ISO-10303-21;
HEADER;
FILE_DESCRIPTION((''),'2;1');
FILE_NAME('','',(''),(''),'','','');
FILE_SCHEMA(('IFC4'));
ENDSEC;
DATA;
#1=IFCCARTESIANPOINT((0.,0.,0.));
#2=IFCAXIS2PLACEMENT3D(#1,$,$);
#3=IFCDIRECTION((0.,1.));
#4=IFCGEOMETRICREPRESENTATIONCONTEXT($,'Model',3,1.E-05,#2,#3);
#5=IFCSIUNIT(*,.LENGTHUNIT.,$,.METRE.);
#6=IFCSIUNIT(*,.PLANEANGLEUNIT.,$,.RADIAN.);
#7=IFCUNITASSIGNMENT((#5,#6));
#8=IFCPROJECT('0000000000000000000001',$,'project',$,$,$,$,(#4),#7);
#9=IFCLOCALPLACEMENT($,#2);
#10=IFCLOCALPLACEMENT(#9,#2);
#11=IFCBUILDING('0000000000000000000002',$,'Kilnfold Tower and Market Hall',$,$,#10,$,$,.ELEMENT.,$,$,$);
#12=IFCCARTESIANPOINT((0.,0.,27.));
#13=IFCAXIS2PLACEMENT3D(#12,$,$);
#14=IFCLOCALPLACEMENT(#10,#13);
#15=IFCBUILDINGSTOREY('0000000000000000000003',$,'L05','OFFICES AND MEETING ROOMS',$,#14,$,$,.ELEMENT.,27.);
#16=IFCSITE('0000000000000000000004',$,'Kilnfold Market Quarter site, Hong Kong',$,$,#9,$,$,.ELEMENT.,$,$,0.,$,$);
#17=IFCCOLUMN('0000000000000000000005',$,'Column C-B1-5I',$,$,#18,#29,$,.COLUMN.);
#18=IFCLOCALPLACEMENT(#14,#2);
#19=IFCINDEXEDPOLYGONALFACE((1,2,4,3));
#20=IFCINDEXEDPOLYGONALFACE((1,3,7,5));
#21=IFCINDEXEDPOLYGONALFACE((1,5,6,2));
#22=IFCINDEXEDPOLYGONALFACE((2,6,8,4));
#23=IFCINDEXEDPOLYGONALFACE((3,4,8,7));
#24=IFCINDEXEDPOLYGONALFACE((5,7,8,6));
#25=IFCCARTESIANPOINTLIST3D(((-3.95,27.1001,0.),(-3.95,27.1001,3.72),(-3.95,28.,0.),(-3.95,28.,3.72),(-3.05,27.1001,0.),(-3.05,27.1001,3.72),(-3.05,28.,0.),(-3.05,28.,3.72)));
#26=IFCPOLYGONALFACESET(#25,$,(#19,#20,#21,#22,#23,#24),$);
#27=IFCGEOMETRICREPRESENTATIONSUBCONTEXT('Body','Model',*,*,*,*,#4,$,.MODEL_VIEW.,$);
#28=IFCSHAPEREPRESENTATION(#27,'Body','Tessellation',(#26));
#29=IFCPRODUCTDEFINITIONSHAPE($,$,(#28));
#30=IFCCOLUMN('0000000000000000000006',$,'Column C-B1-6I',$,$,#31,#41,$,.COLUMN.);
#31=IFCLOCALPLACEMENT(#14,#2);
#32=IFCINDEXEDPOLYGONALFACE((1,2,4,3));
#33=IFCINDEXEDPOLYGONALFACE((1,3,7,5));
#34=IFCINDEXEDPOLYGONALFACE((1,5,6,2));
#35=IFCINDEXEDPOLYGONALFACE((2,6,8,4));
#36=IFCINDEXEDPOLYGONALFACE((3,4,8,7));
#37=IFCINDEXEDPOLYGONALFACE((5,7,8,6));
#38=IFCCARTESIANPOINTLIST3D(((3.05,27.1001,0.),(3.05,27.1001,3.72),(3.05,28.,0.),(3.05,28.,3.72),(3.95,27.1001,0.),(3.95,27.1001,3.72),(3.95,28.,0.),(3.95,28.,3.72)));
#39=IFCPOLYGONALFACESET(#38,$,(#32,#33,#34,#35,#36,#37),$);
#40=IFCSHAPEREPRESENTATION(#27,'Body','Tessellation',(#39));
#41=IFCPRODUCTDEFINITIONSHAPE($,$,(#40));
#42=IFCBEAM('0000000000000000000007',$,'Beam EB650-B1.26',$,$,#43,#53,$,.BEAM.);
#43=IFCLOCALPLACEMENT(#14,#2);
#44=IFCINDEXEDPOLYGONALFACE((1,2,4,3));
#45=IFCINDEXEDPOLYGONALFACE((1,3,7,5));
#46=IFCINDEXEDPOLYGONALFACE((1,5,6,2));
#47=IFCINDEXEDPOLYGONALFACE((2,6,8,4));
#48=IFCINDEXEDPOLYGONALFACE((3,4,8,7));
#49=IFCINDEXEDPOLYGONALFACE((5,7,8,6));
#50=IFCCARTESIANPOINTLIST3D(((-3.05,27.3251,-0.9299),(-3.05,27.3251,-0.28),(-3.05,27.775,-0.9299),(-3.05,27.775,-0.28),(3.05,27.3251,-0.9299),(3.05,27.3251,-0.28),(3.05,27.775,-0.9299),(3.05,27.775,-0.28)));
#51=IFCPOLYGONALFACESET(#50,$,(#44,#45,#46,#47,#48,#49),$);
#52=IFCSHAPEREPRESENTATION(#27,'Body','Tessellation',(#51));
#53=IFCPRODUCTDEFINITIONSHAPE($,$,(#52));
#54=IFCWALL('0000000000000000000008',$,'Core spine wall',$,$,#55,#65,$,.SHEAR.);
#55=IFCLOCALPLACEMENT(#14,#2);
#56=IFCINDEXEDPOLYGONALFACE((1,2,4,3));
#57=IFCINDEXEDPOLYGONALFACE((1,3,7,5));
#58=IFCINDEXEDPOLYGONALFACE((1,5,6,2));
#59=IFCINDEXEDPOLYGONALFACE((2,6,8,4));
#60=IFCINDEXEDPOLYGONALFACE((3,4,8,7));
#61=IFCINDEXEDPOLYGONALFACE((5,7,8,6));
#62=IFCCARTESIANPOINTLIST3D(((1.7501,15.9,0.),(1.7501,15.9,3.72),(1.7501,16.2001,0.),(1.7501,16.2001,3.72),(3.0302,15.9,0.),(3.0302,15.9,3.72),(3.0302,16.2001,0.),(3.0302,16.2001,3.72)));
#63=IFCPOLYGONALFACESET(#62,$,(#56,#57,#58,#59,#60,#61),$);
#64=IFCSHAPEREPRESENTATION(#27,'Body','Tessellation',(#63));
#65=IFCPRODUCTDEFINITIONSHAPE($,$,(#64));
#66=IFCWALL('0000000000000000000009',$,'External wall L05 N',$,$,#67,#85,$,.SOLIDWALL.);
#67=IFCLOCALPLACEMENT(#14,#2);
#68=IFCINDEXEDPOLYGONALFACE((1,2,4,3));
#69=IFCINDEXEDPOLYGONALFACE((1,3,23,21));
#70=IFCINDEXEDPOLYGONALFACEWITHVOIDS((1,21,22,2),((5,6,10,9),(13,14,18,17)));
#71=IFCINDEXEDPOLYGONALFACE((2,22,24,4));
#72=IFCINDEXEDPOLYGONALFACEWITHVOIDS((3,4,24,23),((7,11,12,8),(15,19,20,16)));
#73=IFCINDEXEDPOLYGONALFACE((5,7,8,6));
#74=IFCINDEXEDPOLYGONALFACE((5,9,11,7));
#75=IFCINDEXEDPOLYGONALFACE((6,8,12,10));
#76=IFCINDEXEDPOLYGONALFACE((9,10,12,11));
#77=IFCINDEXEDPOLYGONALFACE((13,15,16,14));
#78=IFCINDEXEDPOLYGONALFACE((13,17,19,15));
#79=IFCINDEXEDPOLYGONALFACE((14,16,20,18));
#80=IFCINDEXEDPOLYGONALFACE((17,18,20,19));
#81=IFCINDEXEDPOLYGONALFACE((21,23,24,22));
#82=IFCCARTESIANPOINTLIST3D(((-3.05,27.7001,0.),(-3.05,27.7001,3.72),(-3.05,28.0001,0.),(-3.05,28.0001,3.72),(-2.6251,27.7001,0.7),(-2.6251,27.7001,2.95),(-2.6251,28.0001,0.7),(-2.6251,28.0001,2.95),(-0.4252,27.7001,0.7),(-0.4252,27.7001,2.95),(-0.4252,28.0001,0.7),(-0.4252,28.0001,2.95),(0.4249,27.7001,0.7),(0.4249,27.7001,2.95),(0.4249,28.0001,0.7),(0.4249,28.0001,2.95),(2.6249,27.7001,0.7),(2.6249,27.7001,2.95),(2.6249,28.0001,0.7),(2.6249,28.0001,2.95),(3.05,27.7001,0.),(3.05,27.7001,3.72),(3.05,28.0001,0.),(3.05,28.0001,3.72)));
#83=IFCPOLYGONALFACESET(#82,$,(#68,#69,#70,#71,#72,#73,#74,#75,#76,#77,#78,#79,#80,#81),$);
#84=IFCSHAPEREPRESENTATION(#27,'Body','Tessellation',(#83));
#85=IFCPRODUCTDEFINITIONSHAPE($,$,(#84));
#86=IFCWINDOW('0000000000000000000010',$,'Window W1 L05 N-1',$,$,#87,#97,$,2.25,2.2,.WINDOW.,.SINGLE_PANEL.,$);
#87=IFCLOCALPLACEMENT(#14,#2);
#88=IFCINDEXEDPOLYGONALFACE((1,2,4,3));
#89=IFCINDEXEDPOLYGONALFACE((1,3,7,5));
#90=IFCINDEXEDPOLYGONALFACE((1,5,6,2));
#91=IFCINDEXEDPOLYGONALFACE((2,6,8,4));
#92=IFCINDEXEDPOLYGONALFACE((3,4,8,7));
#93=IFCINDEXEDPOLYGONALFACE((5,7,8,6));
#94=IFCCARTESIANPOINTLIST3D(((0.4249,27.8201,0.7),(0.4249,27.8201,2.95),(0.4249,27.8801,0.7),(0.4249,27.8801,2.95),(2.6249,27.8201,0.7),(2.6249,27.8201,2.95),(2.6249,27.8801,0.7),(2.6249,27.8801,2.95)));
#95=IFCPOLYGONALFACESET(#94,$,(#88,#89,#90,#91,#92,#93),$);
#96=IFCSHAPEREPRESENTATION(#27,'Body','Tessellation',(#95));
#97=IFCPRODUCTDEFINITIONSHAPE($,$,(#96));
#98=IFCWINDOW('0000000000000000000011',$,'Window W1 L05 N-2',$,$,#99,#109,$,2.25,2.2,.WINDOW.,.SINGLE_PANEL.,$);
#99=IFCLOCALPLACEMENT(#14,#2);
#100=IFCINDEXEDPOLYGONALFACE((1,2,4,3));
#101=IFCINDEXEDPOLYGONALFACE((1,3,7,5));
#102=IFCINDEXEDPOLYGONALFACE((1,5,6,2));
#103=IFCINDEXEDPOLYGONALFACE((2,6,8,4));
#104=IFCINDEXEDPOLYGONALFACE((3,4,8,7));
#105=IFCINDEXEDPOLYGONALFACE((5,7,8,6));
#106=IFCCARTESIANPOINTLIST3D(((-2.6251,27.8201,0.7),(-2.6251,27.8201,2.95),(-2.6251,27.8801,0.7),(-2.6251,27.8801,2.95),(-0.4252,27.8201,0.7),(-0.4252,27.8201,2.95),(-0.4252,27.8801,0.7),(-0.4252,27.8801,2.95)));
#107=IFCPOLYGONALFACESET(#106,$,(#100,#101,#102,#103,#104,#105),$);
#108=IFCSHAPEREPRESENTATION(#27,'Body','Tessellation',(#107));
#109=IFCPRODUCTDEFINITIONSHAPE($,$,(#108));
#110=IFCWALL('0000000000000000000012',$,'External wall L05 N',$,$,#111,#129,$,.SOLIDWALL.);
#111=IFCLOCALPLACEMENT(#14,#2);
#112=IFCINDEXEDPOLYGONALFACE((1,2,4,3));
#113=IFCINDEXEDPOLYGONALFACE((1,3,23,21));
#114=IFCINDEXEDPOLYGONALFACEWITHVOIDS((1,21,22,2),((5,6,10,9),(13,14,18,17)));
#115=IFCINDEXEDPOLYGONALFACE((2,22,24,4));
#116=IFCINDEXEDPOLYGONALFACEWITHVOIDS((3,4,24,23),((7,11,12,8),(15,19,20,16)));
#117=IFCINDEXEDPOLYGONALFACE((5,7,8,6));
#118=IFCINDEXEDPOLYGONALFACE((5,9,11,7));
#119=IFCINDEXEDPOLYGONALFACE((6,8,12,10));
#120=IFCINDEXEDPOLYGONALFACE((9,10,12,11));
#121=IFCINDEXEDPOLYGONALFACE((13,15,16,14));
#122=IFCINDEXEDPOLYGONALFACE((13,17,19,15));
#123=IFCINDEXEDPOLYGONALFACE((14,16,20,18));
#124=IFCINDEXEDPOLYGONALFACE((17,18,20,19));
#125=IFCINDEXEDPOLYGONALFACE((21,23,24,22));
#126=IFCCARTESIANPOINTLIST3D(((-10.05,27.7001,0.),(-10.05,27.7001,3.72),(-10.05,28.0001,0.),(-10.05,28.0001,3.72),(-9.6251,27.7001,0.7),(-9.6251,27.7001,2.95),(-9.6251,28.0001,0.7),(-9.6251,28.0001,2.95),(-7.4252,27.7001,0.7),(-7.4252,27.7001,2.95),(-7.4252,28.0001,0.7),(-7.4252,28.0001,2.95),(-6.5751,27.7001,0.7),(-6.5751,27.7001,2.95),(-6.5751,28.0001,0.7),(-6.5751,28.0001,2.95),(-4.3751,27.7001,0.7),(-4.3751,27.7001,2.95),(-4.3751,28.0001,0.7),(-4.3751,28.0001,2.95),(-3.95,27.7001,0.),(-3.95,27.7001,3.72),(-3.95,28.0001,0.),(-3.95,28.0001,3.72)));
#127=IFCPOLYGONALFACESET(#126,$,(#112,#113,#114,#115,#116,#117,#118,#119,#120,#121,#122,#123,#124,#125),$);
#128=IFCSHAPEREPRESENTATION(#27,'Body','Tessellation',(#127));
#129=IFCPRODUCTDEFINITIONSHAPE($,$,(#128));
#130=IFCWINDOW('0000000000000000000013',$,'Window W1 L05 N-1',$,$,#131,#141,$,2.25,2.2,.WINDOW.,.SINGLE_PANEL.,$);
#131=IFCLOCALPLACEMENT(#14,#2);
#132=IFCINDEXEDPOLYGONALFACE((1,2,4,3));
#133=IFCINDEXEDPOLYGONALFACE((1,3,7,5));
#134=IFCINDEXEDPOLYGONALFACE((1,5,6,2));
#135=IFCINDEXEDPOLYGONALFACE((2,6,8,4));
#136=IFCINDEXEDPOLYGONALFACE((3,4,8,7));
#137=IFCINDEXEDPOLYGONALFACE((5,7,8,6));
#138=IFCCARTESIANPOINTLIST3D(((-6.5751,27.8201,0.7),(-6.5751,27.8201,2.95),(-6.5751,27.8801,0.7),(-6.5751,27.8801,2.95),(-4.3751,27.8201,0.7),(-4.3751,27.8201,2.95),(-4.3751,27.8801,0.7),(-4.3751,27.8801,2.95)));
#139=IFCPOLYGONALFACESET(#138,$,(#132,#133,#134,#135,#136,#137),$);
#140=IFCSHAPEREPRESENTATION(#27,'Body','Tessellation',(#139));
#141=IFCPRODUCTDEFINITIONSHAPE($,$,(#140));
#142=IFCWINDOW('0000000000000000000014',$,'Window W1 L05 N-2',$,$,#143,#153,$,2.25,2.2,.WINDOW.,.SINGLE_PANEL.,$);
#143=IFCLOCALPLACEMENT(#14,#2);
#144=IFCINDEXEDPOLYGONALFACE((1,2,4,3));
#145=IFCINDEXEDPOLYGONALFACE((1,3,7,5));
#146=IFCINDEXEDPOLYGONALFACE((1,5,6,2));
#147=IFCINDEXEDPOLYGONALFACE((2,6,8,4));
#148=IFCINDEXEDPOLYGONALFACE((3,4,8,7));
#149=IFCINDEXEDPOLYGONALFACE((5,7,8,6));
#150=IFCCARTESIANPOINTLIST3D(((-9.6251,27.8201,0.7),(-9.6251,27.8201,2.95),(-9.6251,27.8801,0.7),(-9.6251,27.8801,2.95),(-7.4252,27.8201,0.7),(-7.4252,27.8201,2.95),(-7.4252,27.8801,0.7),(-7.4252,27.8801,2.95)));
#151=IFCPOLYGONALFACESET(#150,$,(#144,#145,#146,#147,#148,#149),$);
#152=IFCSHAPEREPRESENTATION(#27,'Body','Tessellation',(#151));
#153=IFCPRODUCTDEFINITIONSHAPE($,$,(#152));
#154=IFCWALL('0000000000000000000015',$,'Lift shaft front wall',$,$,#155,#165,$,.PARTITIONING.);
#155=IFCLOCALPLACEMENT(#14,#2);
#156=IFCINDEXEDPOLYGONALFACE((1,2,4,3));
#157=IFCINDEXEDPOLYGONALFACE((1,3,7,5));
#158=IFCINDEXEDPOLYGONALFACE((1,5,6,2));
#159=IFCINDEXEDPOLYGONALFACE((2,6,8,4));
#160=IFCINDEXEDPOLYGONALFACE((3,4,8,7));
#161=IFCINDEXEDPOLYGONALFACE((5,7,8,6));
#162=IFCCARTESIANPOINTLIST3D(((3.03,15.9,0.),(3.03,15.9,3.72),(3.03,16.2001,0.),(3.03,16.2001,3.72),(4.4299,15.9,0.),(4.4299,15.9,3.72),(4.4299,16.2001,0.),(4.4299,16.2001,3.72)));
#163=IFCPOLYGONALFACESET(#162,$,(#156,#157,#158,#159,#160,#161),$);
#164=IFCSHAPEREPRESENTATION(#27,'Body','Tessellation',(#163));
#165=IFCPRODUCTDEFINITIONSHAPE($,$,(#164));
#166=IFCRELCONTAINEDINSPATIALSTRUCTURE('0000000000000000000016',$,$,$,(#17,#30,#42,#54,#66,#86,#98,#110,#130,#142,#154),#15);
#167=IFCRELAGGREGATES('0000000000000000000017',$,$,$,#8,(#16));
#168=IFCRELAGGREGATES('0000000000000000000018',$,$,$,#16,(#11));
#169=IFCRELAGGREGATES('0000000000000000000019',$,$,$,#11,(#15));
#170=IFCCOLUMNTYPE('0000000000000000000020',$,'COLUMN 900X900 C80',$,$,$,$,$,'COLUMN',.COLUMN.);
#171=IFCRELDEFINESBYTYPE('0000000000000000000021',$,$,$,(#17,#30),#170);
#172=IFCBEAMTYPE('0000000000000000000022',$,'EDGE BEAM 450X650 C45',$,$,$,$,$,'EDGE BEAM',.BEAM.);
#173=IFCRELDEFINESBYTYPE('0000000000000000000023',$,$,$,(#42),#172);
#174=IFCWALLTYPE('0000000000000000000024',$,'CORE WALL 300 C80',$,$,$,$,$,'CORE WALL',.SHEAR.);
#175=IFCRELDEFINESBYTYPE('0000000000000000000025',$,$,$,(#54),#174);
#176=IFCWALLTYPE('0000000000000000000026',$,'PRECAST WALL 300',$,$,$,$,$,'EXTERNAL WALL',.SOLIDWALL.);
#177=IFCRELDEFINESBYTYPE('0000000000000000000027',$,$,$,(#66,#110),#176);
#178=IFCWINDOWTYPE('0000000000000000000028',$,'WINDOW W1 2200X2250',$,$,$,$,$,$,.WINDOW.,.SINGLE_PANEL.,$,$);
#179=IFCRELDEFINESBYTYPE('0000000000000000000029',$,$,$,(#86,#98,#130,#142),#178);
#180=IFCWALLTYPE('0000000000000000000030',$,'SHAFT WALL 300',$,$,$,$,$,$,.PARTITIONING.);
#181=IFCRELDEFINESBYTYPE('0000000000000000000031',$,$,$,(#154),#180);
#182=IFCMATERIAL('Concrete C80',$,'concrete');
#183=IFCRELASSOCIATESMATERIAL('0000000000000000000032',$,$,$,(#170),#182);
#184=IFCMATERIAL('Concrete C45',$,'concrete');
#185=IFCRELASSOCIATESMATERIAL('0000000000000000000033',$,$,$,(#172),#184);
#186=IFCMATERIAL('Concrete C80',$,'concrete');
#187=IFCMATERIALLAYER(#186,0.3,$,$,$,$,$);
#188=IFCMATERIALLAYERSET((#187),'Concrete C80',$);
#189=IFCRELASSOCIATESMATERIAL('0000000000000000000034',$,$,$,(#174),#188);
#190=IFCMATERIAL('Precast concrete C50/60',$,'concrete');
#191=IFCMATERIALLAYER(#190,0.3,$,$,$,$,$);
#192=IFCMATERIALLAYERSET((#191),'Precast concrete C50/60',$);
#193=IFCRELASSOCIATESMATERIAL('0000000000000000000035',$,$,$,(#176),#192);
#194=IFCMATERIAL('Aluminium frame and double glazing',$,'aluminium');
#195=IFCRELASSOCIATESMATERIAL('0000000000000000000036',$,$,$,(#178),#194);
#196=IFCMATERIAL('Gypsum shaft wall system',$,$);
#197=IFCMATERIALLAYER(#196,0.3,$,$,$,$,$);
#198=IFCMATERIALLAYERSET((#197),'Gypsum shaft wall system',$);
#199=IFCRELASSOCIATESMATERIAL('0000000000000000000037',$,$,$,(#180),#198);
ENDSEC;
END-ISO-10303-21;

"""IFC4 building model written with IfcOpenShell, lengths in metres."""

from ifc_helpers import new_model, si_unit, direction, frame, frame_2d, origin, origin_2d, place, context, subcontext, project, spatial, rectangle, extrude, source, transform, mapped, material, layer, layer_set, material_profile, profile_set, type_object, element, fill, save


model = new_model("IFC4")

# Units and contexts
model_context = context("Model", 3, precision=1e-05, world=origin(), true_north=direction((0.0, 1.0)))
body_context = subcontext(model_context, "Body", "Model", "MODEL_VIEW")
ifc_project = project(units=[si_unit("LENGTHUNIT", "METRE"), si_unit("PLANEANGLEUNIT", "RADIAN")], contexts=[model_context])

# Site, building, storey
site_placement = place(None, origin())
site = spatial("IfcSite", under=ifc_project, at=site_placement, Name="Kilnfold Market Quarter site, Hong Kong", CompositionType="ELEMENT", RefElevation=0.0)
building_placement = place(site_placement, origin())
building = spatial("IfcBuilding", under=site, at=building_placement, Name="Kilnfold Tower and Market Hall", CompositionType="ELEMENT")
storey_placement = place(building_placement, frame((0.0, 0.0, 27.0)))
storey = spatial("IfcBuildingStorey", under=building, at=storey_placement, Name="L05", Description="OFFICES AND MEETING ROOMS", CompositionType="ELEMENT", Elevation=27.0)

# Columns
ifc_material_1 = material(Name="Concrete C80", Category="concrete")
ifc_material_profile_1 = material_profile(ifc_material_1, rectangle(XDim=0.8999, YDim=0.8999, at=origin_2d()), Name="RC 900x900")
ifc_profile_set_1 = profile_set([ifc_material_profile_1], Name="Concrete C80")
column_type = type_object("IfcColumnType", Name="COLUMN 900X900 C80", ElementType="COLUMN", PredefinedType="COLUMN", material=ifc_profile_set_1)
shared_shape_1 = source(origin(), body_context, "Body", "SweptSolid", [
    extrude(rectangle(XDim=0.8999, YDim=0.8999, at=origin_2d()), origin(), (0.0, 0.0, 1.0), 3.72),
])
for number, where, z_axis, x_axis, name in (
    (1, (-3.5, 27.55, 0.0), (0.0, 0.0, 1.0), (1.0, 0.0, 0.0), "Column C-B1-5I"),
    (2, (3.5, 27.55, 0.0), (0.0, 0.0, 1.0), (1.0, 0.0, 0.0), "Column C-B1-6I"),
):
    element("IfcColumn", number, at=place(storey_placement, frame(where, z_axis=z_axis, x_axis=x_axis)), inside=storey, type_object=column_type, Name=name, PredefinedType="COLUMN", context=body_context, shape_type="MappedRepresentation", body=[
        mapped(shared_shape_1, transform((0.0, 0.0, 0.0))),
    ])

# Beam
ifc_material_2 = material(Name="Concrete C45", Category="concrete")
ifc_material_profile_2 = material_profile(ifc_material_2, rectangle(XDim=0.45, YDim=0.6499, at=origin_2d()), Name="RC 450x650")
ifc_profile_set_2 = profile_set([ifc_material_profile_2], Name="Concrete C45")
beam_type = type_object("IfcBeamType", Name="EDGE BEAM 450X650 C45", ElementType="EDGE BEAM", PredefinedType="BEAM", material=ifc_profile_set_2)
shared_shape_2 = source(origin(), body_context, "Body", "SweptSolid", [
    extrude(rectangle(XDim=0.45, YDim=0.6499, at=origin_2d()), origin(), (0.0, 0.0, 1.0), 6.1001),
])
beam_placement = place(storey_placement, frame((-3.05, 27.55, -0.605), z_axis=(1.0, 0.0, 0.0), x_axis=(0.0, 1.0, 0.0)))
element("IfcBeam", 3, at=beam_placement, inside=storey, type_object=beam_type, Name="Beam EB650-B1.26", PredefinedType="BEAM", context=body_context, shape_type="MappedRepresentation", body=[
    mapped(shared_shape_2, transform((0.0, 0.0, 0.0))),
])

# Wall
ifc_material_3 = material(Name="Concrete C80", Category="concrete")
ifc_layer_1 = layer(ifc_material_3, 0.3)
ifc_layer_set_1 = layer_set([ifc_layer_1], Name="Concrete C80")
wall_type_1 = type_object("IfcWallType", Name="CORE WALL 300 C80", ElementType="CORE WALL", PredefinedType="SHEAR", material=ifc_layer_set_1)
shared_shape_3 = source(origin(), body_context, "Body", "SweptSolid", [
    extrude(rectangle(XDim=1.28, YDim=0.3, at=frame_2d((0.6401, 0.0))), origin(), (0.0, 0.0, 1.0), 3.72),
])
wall_1_placement = place(storey_placement, frame((1.75, 16.05, 0.0), z_axis=(0.0, 0.0, 1.0), x_axis=(1.0, 0.0, 0.0)))
element("IfcWall", 4, at=wall_1_placement, inside=storey, type_object=wall_type_1, Name="Core spine wall", PredefinedType="SHEAR", context=body_context, shape_type="MappedRepresentation", body=[
    mapped(shared_shape_3, transform((0.0, 0.0, 0.0))),
])

# Walls, openings, windows
ifc_material_4 = material(Name="Precast concrete C50/60", Category="concrete")
ifc_layer_2 = layer(ifc_material_4, 0.3)
ifc_layer_set_2 = layer_set([ifc_layer_2], Name="Precast concrete C50/60")
wall_type_2 = type_object("IfcWallType", Name="PRECAST WALL 300", ElementType="EXTERNAL WALL", PredefinedType="SOLIDWALL", material=ifc_layer_set_2)
shared_shape_4 = source(origin(), body_context, "Body", "SweptSolid", [
    extrude(rectangle(XDim=6.1001, YDim=0.3, at=frame_2d((3.05, 0.0))), origin(), (0.0, 0.0, 1.0), 3.72),
])
wall_2_placement = place(storey_placement, frame((3.05, 27.8501, 0.0), z_axis=(0.0, 0.0, 1.0), x_axis=(-1.0, 0.0, 0.0)))
wall_2 = element("IfcWall", 5, at=wall_2_placement, inside=storey, type_object=wall_type_2, Name="External wall L05 N", PredefinedType="SOLIDWALL", context=body_context, shape_type="MappedRepresentation", body=[
    mapped(shared_shape_4, transform((0.0, 0.0, 0.0))),
])
opening_1_placement = place(wall_2_placement, frame((0.425, 0.0, 0.7)))
opening_1 = element("IfcOpeningElement", 6, at=opening_1_placement, cuts=wall_2, PredefinedType="OPENING", context=body_context, shape_type="SweptSolid", body=[
    extrude(rectangle(XDim=2.2, YDim=2.25, at=frame_2d((1.1001, 1.125))), frame((0.0, 0.1602, 0.0), z_axis=(0.0, -1.0, 0.0), x_axis=(1.0, 0.0, 0.0)), (0.0, 0.0, 1.0), 0.3201),
])
opening_2_placement = place(wall_2_placement, frame((3.4751, 0.0, 0.7)))
opening_2 = element("IfcOpeningElement", 7, at=opening_2_placement, cuts=wall_2, PredefinedType="OPENING", context=body_context, shape_type="SweptSolid", body=[
    extrude(rectangle(XDim=2.2, YDim=2.25, at=frame_2d((1.1001, 1.125))), frame((0.0, 0.1602, 0.0), z_axis=(0.0, -1.0, 0.0), x_axis=(1.0, 0.0, 0.0)), (0.0, 0.0, 1.0), 0.3201),
])
ifc_material_5 = material(Name="Aluminium frame and double glazing", Category="aluminium")
window_type = type_object("IfcWindowType", Name="WINDOW W1 2200X2250", PartitioningType="SINGLE_PANEL", PredefinedType="WINDOW", material=ifc_material_5)
window_1_placement = place(opening_1_placement, origin())
window_1 = element("IfcWindow", 8, at=window_1_placement, inside=storey, type_object=window_type, Name="Window W1 L05 N-1", OverallHeight=2.25, OverallWidth=2.2, PartitioningType="SINGLE_PANEL", PredefinedType="WINDOW", context=body_context, shape_type="SweptSolid", body=[
    extrude(rectangle(XDim=2.2, YDim=2.25, at=frame_2d((1.1001, 1.125))), frame((0.0, 0.03, 0.0), z_axis=(0.0, -1.0, 0.0), x_axis=(1.0, 0.0, 0.0)), (0.0, 0.0, 1.0), 0.0601),
])
fill(opening_1, window_1)
window_2_placement = place(opening_2_placement, origin())
window_2 = element("IfcWindow", 9, at=window_2_placement, inside=storey, type_object=window_type, Name="Window W1 L05 N-2", OverallHeight=2.25, OverallWidth=2.2, PartitioningType="SINGLE_PANEL", PredefinedType="WINDOW", context=body_context, shape_type="SweptSolid", body=[
    extrude(rectangle(XDim=2.2, YDim=2.25, at=frame_2d((1.1001, 1.125))), frame((0.0, 0.03, 0.0), z_axis=(0.0, -1.0, 0.0), x_axis=(1.0, 0.0, 0.0)), (0.0, 0.0, 1.0), 0.0601),
])
fill(opening_2, window_2)
wall_3_placement = place(storey_placement, frame((-3.95, 27.8501, 0.0), z_axis=(0.0, 0.0, 1.0), x_axis=(-1.0, 0.0, 0.0)))
wall_3 = element("IfcWall", 10, at=wall_3_placement, inside=storey, type_object=wall_type_2, Name="External wall L05 N", PredefinedType="SOLIDWALL", context=body_context, shape_type="MappedRepresentation", body=[
    mapped(shared_shape_4, transform((0.0, 0.0, 0.0))),
])
opening_3_placement = place(wall_3_placement, frame((0.425, 0.0, 0.7)))
opening_3 = element("IfcOpeningElement", 11, at=opening_3_placement, cuts=wall_3, PredefinedType="OPENING", context=body_context, shape_type="SweptSolid", body=[
    extrude(rectangle(XDim=2.2, YDim=2.25, at=frame_2d((1.1001, 1.125))), frame((0.0, 0.1602, 0.0), z_axis=(0.0, -1.0, 0.0), x_axis=(1.0, 0.0, 0.0)), (0.0, 0.0, 1.0), 0.3201),
])
opening_4_placement = place(wall_3_placement, frame((3.4751, 0.0, 0.7)))
opening_4 = element("IfcOpeningElement", 12, at=opening_4_placement, cuts=wall_3, PredefinedType="OPENING", context=body_context, shape_type="SweptSolid", body=[
    extrude(rectangle(XDim=2.2, YDim=2.25, at=frame_2d((1.1001, 1.125))), frame((0.0, 0.1602, 0.0), z_axis=(0.0, -1.0, 0.0), x_axis=(1.0, 0.0, 0.0)), (0.0, 0.0, 1.0), 0.3201),
])
window_3_placement = place(opening_3_placement, origin())
window_3 = element("IfcWindow", 13, at=window_3_placement, inside=storey, type_object=window_type, Name="Window W1 L05 N-1", OverallHeight=2.25, OverallWidth=2.2, PartitioningType="SINGLE_PANEL", PredefinedType="WINDOW", context=body_context, shape_type="SweptSolid", body=[
    extrude(rectangle(XDim=2.2, YDim=2.25, at=frame_2d((1.1001, 1.125))), frame((0.0, 0.03, 0.0), z_axis=(0.0, -1.0, 0.0), x_axis=(1.0, 0.0, 0.0)), (0.0, 0.0, 1.0), 0.0601),
])
fill(opening_3, window_3)
window_4_placement = place(opening_4_placement, origin())
window_4 = element("IfcWindow", 14, at=window_4_placement, inside=storey, type_object=window_type, Name="Window W1 L05 N-2", OverallHeight=2.25, OverallWidth=2.2, PartitioningType="SINGLE_PANEL", PredefinedType="WINDOW", context=body_context, shape_type="SweptSolid", body=[
    extrude(rectangle(XDim=2.2, YDim=2.25, at=frame_2d((1.1001, 1.125))), frame((0.0, 0.03, 0.0), z_axis=(0.0, -1.0, 0.0), x_axis=(1.0, 0.0, 0.0)), (0.0, 0.0, 1.0), 0.0601),
])
fill(opening_4, window_4)

# Wall
ifc_material_6 = material(Name="Gypsum shaft wall system")
ifc_layer_3 = layer(ifc_material_6, 0.3)
ifc_layer_set_3 = layer_set([ifc_layer_3], Name="Gypsum shaft wall system")
wall_type_3 = type_object("IfcWallType", Name="SHAFT WALL 300", PredefinedType="PARTITIONING", material=ifc_layer_set_3)
shared_shape_5 = source(origin(), body_context, "Body", "SweptSolid", [
    extrude(rectangle(XDim=1.3999, YDim=0.3, at=frame_2d((0.7, 0.0))), origin(), (0.0, 0.0, 1.0), 3.72),
])
wall_4_placement = place(storey_placement, frame((3.03, 16.05, 0.0), z_axis=(0.0, 0.0, 1.0), x_axis=(1.0, 0.0, 0.0)))
element("IfcWall", 15, at=wall_4_placement, inside=storey, type_object=wall_type_3, Name="Lift shaft front wall", PredefinedType="PARTITIONING", context=body_context, shape_type="MappedRepresentation", body=[
    mapped(shared_shape_5, transform((0.0, 0.0, 0.0))),
])

save(model, "model.ifc")
